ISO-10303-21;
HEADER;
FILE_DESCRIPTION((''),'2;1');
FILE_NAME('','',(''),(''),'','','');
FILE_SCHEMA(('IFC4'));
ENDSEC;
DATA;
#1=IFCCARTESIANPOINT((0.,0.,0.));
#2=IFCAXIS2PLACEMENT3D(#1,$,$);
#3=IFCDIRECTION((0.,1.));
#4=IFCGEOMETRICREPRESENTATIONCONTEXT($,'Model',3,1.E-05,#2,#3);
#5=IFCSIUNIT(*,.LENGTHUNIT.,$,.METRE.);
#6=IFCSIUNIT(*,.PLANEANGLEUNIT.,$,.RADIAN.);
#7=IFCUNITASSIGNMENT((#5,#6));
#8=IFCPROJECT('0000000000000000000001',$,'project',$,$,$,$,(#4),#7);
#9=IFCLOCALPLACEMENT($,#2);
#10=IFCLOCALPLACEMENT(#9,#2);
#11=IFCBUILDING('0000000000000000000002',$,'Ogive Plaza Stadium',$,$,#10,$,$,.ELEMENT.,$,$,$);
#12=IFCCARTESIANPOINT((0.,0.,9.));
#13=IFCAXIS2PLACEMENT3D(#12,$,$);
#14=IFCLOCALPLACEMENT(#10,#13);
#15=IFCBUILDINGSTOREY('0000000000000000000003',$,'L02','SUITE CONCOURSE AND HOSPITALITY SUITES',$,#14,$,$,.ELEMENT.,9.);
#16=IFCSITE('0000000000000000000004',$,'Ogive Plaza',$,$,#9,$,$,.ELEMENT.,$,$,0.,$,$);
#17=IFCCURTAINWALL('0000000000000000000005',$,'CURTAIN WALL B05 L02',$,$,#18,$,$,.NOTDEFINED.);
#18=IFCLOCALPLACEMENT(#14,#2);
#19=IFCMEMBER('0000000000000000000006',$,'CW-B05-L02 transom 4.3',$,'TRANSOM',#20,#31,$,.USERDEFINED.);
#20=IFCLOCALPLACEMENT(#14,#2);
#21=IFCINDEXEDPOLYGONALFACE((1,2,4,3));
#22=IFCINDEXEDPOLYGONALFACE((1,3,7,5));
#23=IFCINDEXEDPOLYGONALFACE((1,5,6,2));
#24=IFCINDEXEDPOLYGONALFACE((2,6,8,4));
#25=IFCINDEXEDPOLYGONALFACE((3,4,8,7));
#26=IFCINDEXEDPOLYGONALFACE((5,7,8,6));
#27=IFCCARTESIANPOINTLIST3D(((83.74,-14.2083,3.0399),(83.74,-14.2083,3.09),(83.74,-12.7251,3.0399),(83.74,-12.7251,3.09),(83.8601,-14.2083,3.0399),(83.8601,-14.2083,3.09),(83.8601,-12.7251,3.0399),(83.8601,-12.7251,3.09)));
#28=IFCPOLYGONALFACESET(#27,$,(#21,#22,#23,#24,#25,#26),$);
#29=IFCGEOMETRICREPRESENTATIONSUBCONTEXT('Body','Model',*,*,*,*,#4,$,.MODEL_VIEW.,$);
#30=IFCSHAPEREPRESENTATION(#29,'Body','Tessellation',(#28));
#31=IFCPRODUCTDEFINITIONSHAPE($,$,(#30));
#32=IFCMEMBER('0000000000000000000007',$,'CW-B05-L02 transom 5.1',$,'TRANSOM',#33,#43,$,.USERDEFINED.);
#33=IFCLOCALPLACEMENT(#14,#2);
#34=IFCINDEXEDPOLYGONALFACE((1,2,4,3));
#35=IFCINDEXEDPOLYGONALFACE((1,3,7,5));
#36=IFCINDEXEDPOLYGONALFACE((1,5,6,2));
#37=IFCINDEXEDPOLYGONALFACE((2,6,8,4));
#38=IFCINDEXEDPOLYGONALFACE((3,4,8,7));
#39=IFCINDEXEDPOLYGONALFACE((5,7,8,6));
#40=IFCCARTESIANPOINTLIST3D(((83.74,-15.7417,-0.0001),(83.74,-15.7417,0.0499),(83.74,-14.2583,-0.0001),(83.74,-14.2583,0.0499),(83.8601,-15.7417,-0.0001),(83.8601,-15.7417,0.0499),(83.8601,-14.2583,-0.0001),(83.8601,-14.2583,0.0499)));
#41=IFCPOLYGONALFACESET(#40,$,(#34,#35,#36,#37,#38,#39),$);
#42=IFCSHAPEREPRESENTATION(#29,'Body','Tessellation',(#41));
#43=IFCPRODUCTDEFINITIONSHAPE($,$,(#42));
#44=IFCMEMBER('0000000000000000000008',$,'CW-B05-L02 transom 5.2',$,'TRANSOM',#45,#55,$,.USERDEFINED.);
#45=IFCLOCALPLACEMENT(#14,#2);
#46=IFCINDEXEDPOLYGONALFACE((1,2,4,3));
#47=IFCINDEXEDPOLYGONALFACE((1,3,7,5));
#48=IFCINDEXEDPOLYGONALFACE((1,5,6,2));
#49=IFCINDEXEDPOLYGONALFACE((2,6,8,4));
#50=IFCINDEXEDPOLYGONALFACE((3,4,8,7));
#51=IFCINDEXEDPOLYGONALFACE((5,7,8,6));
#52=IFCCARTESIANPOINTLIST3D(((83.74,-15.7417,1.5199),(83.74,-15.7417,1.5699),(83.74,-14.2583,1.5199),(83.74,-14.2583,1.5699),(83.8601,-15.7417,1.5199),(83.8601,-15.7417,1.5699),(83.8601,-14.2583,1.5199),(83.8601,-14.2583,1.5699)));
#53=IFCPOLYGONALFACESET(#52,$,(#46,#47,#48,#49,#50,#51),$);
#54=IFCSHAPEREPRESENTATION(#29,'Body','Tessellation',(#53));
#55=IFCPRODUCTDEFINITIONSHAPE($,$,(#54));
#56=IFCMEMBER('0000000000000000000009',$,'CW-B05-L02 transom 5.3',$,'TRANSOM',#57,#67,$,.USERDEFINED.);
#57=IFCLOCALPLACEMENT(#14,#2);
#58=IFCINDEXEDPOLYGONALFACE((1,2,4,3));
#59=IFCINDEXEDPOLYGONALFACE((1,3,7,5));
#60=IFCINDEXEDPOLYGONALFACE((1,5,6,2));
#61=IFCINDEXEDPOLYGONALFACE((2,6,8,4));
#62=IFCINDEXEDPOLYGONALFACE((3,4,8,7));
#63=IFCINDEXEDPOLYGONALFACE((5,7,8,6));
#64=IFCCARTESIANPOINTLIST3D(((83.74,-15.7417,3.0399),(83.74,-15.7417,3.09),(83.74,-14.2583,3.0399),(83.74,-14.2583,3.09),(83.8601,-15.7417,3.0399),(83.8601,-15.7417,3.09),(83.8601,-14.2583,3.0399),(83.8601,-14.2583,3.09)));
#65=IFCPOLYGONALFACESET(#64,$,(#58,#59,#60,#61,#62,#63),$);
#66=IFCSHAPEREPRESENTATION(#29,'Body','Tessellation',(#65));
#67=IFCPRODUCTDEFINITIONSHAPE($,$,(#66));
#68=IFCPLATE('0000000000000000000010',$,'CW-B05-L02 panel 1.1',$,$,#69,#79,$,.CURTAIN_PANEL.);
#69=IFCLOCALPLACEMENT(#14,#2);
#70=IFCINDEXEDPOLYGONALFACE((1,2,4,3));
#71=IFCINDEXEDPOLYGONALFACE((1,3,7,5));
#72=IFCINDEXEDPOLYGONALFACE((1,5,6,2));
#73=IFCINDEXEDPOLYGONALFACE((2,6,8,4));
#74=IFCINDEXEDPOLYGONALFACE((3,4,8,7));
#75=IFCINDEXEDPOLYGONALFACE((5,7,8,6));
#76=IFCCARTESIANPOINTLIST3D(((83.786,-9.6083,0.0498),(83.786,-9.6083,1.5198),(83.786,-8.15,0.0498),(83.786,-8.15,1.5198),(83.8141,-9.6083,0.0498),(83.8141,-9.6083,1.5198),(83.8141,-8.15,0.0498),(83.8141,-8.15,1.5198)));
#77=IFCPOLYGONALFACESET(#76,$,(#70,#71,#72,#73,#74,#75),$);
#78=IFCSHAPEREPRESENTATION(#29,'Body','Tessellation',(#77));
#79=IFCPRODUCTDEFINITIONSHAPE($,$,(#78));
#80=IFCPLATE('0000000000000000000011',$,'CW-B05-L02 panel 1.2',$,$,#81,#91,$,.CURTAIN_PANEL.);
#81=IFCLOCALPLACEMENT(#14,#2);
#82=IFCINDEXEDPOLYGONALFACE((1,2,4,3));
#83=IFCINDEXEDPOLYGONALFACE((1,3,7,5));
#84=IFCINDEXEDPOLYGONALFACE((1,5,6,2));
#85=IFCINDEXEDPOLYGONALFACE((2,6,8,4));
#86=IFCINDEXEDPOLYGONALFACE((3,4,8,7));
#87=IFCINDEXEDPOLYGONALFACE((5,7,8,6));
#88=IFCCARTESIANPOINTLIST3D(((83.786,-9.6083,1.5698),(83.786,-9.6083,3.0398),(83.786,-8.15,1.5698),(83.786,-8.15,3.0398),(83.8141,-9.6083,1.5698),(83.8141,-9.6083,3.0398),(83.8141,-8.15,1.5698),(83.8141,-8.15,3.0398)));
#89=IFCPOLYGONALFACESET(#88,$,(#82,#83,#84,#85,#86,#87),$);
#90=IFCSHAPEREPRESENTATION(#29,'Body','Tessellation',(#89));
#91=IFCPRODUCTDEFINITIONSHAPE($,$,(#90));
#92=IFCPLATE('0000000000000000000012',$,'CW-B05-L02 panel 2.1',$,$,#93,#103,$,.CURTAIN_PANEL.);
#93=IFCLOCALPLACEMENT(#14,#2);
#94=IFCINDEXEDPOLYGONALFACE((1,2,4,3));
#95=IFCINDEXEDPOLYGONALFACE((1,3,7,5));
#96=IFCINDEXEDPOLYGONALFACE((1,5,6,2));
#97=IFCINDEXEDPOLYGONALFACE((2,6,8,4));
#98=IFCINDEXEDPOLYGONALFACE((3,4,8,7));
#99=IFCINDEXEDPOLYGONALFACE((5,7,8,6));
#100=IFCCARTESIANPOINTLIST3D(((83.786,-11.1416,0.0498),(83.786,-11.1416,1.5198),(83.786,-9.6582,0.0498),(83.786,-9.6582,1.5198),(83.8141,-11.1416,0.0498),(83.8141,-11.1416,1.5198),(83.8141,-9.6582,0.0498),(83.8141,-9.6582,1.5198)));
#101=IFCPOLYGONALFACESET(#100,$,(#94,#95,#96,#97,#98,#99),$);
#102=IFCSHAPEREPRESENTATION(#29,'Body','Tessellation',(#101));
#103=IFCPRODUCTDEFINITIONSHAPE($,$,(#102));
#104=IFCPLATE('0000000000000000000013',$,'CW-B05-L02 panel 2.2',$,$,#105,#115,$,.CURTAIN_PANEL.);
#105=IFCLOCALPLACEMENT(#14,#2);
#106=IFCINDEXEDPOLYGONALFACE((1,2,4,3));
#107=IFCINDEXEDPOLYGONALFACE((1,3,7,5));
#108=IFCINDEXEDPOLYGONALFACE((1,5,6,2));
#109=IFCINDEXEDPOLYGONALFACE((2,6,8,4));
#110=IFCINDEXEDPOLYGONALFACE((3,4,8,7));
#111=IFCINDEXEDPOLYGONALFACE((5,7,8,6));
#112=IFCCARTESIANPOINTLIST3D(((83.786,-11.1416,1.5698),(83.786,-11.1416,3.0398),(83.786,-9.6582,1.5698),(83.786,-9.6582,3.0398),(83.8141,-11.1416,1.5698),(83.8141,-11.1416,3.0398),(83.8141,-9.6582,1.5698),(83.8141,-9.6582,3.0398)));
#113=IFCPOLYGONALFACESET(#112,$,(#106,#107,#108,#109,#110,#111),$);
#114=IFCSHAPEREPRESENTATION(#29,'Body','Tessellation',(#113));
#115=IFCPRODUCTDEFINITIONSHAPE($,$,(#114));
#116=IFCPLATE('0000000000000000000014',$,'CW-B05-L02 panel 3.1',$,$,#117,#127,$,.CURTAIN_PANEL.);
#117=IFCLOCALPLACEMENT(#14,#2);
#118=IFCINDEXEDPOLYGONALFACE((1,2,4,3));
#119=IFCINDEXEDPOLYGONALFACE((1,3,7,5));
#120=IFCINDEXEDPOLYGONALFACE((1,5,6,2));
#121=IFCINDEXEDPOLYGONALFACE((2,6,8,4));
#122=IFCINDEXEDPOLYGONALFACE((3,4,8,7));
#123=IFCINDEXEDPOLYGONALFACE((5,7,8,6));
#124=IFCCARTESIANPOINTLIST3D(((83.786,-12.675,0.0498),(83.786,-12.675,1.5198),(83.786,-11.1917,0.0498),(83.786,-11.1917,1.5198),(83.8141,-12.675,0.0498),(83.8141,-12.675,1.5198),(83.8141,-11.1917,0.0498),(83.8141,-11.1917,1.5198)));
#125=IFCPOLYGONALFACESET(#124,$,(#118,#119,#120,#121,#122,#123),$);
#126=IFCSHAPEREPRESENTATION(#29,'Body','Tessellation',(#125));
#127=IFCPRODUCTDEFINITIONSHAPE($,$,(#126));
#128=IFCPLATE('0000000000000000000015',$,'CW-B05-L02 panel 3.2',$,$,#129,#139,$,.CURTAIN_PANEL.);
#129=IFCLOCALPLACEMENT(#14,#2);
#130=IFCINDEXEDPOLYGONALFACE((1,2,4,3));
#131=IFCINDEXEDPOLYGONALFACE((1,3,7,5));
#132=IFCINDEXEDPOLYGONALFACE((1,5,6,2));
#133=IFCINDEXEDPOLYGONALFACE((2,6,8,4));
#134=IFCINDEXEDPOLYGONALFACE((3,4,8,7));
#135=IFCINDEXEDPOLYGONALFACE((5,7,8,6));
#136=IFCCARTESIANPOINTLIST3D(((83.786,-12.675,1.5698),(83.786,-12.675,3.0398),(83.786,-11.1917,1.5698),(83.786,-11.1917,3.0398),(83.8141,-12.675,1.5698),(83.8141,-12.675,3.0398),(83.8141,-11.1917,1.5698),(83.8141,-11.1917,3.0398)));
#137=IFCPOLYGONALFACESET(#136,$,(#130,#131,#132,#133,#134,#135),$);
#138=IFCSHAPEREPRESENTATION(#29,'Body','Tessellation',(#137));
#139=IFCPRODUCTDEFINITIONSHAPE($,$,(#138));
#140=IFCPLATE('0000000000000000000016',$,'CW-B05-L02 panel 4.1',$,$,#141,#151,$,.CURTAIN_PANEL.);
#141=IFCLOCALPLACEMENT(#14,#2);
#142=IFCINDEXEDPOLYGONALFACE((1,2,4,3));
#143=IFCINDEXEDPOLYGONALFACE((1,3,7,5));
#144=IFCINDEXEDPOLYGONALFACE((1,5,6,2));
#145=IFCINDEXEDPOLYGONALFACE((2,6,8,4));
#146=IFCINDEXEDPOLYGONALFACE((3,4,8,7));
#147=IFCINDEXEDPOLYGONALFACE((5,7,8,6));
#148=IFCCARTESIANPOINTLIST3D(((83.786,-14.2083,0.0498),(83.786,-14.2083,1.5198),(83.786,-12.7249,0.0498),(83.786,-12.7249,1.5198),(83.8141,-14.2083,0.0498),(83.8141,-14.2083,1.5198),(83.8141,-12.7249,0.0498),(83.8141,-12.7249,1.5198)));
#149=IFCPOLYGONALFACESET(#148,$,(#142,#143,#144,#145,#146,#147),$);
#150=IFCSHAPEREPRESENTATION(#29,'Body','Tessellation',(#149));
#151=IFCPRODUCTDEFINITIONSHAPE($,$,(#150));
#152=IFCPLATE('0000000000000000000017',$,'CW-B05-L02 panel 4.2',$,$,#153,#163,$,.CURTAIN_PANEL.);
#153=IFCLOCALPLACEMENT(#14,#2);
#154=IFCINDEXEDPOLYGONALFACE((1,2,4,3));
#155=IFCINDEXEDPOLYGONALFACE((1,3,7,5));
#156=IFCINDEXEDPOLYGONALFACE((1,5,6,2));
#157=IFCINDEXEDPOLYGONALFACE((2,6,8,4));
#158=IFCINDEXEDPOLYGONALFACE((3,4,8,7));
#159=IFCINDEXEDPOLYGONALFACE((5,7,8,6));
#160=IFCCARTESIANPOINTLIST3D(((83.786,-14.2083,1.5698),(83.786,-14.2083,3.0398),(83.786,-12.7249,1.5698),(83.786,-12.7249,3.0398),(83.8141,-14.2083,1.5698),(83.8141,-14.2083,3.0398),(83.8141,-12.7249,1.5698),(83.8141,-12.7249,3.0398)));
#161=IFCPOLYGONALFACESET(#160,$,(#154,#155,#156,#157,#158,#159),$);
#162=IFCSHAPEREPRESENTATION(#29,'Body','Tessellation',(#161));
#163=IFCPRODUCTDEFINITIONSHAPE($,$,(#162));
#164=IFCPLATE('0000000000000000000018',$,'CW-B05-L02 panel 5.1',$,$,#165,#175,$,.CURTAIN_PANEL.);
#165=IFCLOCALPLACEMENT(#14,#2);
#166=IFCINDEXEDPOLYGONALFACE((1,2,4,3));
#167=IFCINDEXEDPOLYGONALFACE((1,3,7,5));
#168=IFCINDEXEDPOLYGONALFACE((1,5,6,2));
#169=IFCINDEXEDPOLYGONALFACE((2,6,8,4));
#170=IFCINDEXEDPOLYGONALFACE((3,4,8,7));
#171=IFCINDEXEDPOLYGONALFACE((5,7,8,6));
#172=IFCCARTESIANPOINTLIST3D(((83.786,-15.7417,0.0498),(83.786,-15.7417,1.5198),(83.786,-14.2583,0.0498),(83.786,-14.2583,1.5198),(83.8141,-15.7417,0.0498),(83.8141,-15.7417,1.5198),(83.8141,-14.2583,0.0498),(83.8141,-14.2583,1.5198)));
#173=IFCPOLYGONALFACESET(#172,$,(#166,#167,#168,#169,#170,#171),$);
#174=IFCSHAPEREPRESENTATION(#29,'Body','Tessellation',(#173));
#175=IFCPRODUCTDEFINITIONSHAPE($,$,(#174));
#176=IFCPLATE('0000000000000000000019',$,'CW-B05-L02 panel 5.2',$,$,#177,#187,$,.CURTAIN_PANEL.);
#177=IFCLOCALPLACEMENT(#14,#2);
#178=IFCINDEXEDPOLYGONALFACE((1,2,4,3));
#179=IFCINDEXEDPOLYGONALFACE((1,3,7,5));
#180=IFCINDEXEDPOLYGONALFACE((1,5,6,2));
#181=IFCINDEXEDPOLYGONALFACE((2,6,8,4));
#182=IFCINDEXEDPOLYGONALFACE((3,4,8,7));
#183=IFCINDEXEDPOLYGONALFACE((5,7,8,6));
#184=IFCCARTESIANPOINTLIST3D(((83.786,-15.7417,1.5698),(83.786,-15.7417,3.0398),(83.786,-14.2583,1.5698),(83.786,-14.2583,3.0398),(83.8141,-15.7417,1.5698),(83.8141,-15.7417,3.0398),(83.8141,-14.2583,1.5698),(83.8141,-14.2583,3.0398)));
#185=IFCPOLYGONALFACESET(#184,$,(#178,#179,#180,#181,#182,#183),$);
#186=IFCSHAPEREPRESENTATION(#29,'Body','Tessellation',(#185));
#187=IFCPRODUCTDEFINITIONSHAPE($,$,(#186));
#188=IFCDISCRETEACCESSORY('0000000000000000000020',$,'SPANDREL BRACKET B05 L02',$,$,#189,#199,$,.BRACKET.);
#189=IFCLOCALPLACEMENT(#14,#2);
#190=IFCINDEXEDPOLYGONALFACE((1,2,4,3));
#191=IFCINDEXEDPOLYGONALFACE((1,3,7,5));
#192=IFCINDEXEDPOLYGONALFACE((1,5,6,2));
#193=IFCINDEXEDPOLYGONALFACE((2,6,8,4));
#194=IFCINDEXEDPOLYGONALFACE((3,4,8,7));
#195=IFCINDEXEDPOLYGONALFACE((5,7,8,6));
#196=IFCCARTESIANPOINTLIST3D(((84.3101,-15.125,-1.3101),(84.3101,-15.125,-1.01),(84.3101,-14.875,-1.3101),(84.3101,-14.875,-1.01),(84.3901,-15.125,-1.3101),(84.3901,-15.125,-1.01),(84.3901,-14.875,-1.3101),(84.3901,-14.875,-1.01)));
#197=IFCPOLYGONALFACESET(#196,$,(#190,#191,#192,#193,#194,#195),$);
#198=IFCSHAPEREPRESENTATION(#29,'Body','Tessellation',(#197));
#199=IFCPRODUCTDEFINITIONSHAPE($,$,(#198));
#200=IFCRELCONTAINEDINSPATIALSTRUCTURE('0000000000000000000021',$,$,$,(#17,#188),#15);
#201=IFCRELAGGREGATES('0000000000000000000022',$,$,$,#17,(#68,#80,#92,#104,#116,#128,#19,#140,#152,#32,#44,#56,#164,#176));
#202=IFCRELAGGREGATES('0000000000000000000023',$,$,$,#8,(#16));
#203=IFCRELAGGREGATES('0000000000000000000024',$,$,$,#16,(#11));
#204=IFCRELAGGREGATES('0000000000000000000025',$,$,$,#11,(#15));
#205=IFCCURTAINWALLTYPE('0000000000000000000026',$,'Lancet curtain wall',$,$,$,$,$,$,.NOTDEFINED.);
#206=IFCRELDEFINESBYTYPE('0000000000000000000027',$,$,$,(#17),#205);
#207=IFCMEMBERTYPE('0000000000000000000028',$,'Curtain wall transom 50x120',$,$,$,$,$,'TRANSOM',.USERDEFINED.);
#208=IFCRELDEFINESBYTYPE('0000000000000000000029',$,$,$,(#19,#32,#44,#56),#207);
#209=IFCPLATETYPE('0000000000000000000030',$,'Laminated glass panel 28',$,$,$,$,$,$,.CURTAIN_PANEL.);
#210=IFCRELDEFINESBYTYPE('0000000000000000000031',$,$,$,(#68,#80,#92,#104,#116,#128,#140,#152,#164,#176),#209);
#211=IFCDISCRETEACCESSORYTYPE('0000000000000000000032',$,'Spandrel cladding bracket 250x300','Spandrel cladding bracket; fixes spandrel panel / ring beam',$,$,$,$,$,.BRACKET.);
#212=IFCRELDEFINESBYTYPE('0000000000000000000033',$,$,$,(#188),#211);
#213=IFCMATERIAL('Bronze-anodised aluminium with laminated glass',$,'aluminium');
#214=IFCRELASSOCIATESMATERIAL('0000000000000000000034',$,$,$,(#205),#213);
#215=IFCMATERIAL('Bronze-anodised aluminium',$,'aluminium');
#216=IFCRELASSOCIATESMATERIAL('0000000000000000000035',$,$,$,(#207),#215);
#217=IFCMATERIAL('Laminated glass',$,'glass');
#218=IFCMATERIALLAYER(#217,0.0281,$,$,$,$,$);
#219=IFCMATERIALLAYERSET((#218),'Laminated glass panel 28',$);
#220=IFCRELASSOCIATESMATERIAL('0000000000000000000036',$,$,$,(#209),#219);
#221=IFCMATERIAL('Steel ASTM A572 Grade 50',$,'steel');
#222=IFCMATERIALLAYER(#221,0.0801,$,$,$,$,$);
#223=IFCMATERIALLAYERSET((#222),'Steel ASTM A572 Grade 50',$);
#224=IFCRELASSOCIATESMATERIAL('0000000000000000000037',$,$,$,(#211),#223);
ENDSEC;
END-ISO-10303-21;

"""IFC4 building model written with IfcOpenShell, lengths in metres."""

from ifc_helpers import new_model, si_unit, direction, frame, origin, origin_2d, place, context, subcontext, project, spatial, rectangle, extrude, material, layer, layer_set, material_profile, profile_set, type_object, element, aggregate, save


model = new_model("IFC4")

# Units and contexts
model_context = context("Model", 3, precision=1e-05, world=origin(), true_north=direction((0.0, 1.0)))
body_context = subcontext(model_context, "Body", "Model", "MODEL_VIEW")
ifc_project = project(units=[si_unit("LENGTHUNIT", "METRE"), si_unit("PLANEANGLEUNIT", "RADIAN")], contexts=[model_context])

# Site, building, storey
site_placement = place(None, origin())
site = spatial("IfcSite", under=ifc_project, at=site_placement, Name="Ogive Plaza", CompositionType="ELEMENT", RefElevation=0.0)
building_placement = place(site_placement, origin())
building = spatial("IfcBuilding", under=site, at=building_placement, Name="Ogive Plaza Stadium", CompositionType="ELEMENT")
storey_placement = place(building_placement, frame((0.0, 0.0, 9.0)))
storey = spatial("IfcBuildingStorey", under=building, at=storey_placement, Name="L02", Description="SUITE CONCOURSE AND HOSPITALITY SUITES", CompositionType="ELEMENT", Elevation=9.0)

# Curtain wall, members, plates
ifc_material_1 = material(Name="Bronze-anodised aluminium with laminated glass", Category="aluminium")
curtain_wall_type = type_object("IfcCurtainWallType", Name="Lancet curtain wall", PredefinedType="NOTDEFINED", material=ifc_material_1)
curtain_wall_placement = place(storey_placement, origin())
curtain_wall = element("IfcCurtainWall", 1, at=curtain_wall_placement, inside=storey, type_object=curtain_wall_type, Name="CURTAIN WALL B05 L02", PredefinedType="NOTDEFINED")
ifc_material_2 = material(Name="Bronze-anodised aluminium", Category="aluminium")
ifc_material_profile_1 = material_profile(ifc_material_2, rectangle(XDim=0.1201, YDim=0.05, at=origin_2d()), Name="AL 120x50")
ifc_profile_set_1 = profile_set([ifc_material_profile_1], Name="Bronze-anodised aluminium")
member_type_1 = type_object("IfcMemberType", Name="Curtain wall transom 50x120", ElementType="TRANSOM", PredefinedType="USERDEFINED", material=ifc_profile_set_1)
member_1_placement = place(storey_placement, frame((83.8, -12.7251, 3.0649), z_axis=(0.0, -1.0, 0.0), x_axis=(1.0, 0.0, 0.0)))
member_1 = element("IfcMember", 2, at=member_1_placement, type_object=member_type_1, Name="CW-B05-L02 transom 4.3", ObjectType="TRANSOM", PredefinedType="USERDEFINED", context=body_context, shape_type="SweptSolid", body=[
    extrude(rectangle(XDim=0.1201, YDim=0.05, at=origin_2d()), origin(), (0.0, 0.0, 1.0), 1.4832),
])
member_2_placement = place(storey_placement, frame((83.8, -14.2583, 0.0249), z_axis=(0.0, -1.0, 0.0), x_axis=(1.0, 0.0, 0.0)))
member_2 = element("IfcMember", 3, at=member_2_placement, type_object=member_type_1, Name="CW-B05-L02 transom 5.1", ObjectType="TRANSOM", PredefinedType="USERDEFINED", context=body_context, shape_type="SweptSolid", body=[
    extrude(rectangle(XDim=0.1201, YDim=0.05, at=origin_2d()), origin(), (0.0, 0.0, 1.0), 1.4834),
])
member_3_placement = place(storey_placement, frame((83.8, -14.2583, 1.5449), z_axis=(0.0, -1.0, 0.0), x_axis=(1.0, 0.0, 0.0)))
member_3 = element("IfcMember", 4, at=member_3_placement, type_object=member_type_1, Name="CW-B05-L02 transom 5.2", ObjectType="TRANSOM", PredefinedType="USERDEFINED", context=body_context, shape_type="SweptSolid", body=[
    extrude(rectangle(XDim=0.1201, YDim=0.05, at=origin_2d()), origin(), (0.0, 0.0, 1.0), 1.4834),
])
member_4_placement = place(storey_placement, frame((83.8, -14.2583, 3.0649), z_axis=(0.0, -1.0, 0.0), x_axis=(1.0, 0.0, 0.0)))
member_4 = element("IfcMember", 5, at=member_4_placement, type_object=member_type_1, Name="CW-B05-L02 transom 5.3", ObjectType="TRANSOM", PredefinedType="USERDEFINED", context=body_context, shape_type="SweptSolid", body=[
    extrude(rectangle(XDim=0.1201, YDim=0.05, at=origin_2d()), origin(), (0.0, 0.0, 1.0), 1.4834),
])
ifc_material_3 = material(Name="Laminated glass", Category="glass")
ifc_layer_1 = layer(ifc_material_3, 0.0281)
ifc_layer_set_1 = layer_set([ifc_layer_1], Name="Laminated glass panel 28")
plate_type = type_object("IfcPlateType", Name="Laminated glass panel 28", PredefinedType="CURTAIN_PANEL", material=ifc_layer_set_1)
plate_1_placement = place(storey_placement, frame((83.8, -8.8792, 0.0498), z_axis=(0.0, 0.0, 1.0), x_axis=(0.0, -1.0, 0.0)))
plate_1 = element("IfcPlate", 6, at=plate_1_placement, type_object=plate_type, Name="CW-B05-L02 panel 1.1", PredefinedType="CURTAIN_PANEL", context=body_context, shape_type="SweptSolid", body=[
    extrude(rectangle(XDim=1.4583, YDim=0.0281, at=origin_2d()), origin(), (0.0, 0.0, 1.0), 1.47),
])
plate_2_placement = place(storey_placement, frame((83.8, -8.8792, 1.5698), z_axis=(0.0, 0.0, 1.0), x_axis=(0.0, -1.0, 0.0)))
plate_2 = element("IfcPlate", 7, at=plate_2_placement, type_object=plate_type, Name="CW-B05-L02 panel 1.2", PredefinedType="CURTAIN_PANEL", context=body_context, shape_type="SweptSolid", body=[
    extrude(rectangle(XDim=1.4583, YDim=0.0281, at=origin_2d()), origin(), (0.0, 0.0, 1.0), 1.47),
])
plate_3_placement = place(storey_placement, frame((83.8, -10.3999, 0.0498), z_axis=(0.0, 0.0, 1.0), x_axis=(0.0, -1.0, 0.0)))
plate_3 = element("IfcPlate", 8, at=plate_3_placement, type_object=plate_type, Name="CW-B05-L02 panel 2.1", PredefinedType="CURTAIN_PANEL", context=body_context, shape_type="SweptSolid", body=[
    extrude(rectangle(XDim=1.4834, YDim=0.0281, at=origin_2d()), origin(), (0.0, 0.0, 1.0), 1.47),
])
plate_4_placement = place(storey_placement, frame((83.8, -10.3999, 1.5698), z_axis=(0.0, 0.0, 1.0), x_axis=(0.0, -1.0, 0.0)))
plate_4 = element("IfcPlate", 9, at=plate_4_placement, type_object=plate_type, Name="CW-B05-L02 panel 2.2", PredefinedType="CURTAIN_PANEL", context=body_context, shape_type="SweptSolid", body=[
    extrude(rectangle(XDim=1.4834, YDim=0.0281, at=origin_2d()), origin(), (0.0, 0.0, 1.0), 1.47),
])
plate_5_placement = place(storey_placement, frame((83.8, -11.9333, 0.0498), z_axis=(0.0, 0.0, 1.0), x_axis=(0.0, -1.0, 0.0)))
plate_5 = element("IfcPlate", 10, at=plate_5_placement, type_object=plate_type, Name="CW-B05-L02 panel 3.1", PredefinedType="CURTAIN_PANEL", context=body_context, shape_type="SweptSolid", body=[
    extrude(rectangle(XDim=1.4834, YDim=0.0281, at=origin_2d()), origin(), (0.0, 0.0, 1.0), 1.47),
])
plate_6_placement = place(storey_placement, frame((83.8, -11.9333, 1.5698), z_axis=(0.0, 0.0, 1.0), x_axis=(0.0, -1.0, 0.0)))
plate_6 = element("IfcPlate", 11, at=plate_6_placement, type_object=plate_type, Name="CW-B05-L02 panel 3.2", PredefinedType="CURTAIN_PANEL", context=body_context, shape_type="SweptSolid", body=[
    extrude(rectangle(XDim=1.4834, YDim=0.0281, at=origin_2d()), origin(), (0.0, 0.0, 1.0), 1.47),
])
plate_7_placement = place(storey_placement, frame((83.8, -13.4666, 0.0498), z_axis=(0.0, 0.0, 1.0), x_axis=(0.0, -1.0, 0.0)))
plate_7 = element("IfcPlate", 12, at=plate_7_placement, type_object=plate_type, Name="CW-B05-L02 panel 4.1", PredefinedType="CURTAIN_PANEL", context=body_context, shape_type="SweptSolid", body=[
    extrude(rectangle(XDim=1.4834, YDim=0.0281, at=origin_2d()), origin(), (0.0, 0.0, 1.0), 1.47),
])
plate_8_placement = place(storey_placement, frame((83.8, -13.4666, 1.5698), z_axis=(0.0, 0.0, 1.0), x_axis=(0.0, -1.0, 0.0)))
plate_8 = element("IfcPlate", 13, at=plate_8_placement, type_object=plate_type, Name="CW-B05-L02 panel 4.2", PredefinedType="CURTAIN_PANEL", context=body_context, shape_type="SweptSolid", body=[
    extrude(rectangle(XDim=1.4834, YDim=0.0281, at=origin_2d()), origin(), (0.0, 0.0, 1.0), 1.47),
])
plate_9_placement = place(storey_placement, frame((83.8, -15.0, 0.0498), z_axis=(0.0, 0.0, 1.0), x_axis=(0.0, -1.0, 0.0)))
plate_9 = element("IfcPlate", 14, at=plate_9_placement, type_object=plate_type, Name="CW-B05-L02 panel 5.1", PredefinedType="CURTAIN_PANEL", context=body_context, shape_type="SweptSolid", body=[
    extrude(rectangle(XDim=1.4834, YDim=0.0281, at=origin_2d()), origin(), (0.0, 0.0, 1.0), 1.47),
])
plate_10_placement = place(storey_placement, frame((83.8, -15.0, 1.5698), z_axis=(0.0, 0.0, 1.0), x_axis=(0.0, -1.0, 0.0)))
plate_10 = element("IfcPlate", 15, at=plate_10_placement, type_object=plate_type, Name="CW-B05-L02 panel 5.2", PredefinedType="CURTAIN_PANEL", context=body_context, shape_type="SweptSolid", body=[
    extrude(rectangle(XDim=1.4834, YDim=0.0281, at=origin_2d()), origin(), (0.0, 0.0, 1.0), 1.47),
])
aggregate(curtain_wall, [plate_1, plate_2, plate_3, plate_4, plate_5, plate_6, member_1, plate_7, plate_8, member_2, member_3, member_4, plate_9, plate_10])

# Discrete accessory
ifc_material_4 = material(Name="Steel ASTM A572 Grade 50", Category="steel")
ifc_layer_2 = layer(ifc_material_4, 0.0801)
ifc_layer_set_2 = layer_set([ifc_layer_2], Name="Steel ASTM A572 Grade 50")
discrete_accessory_type = type_object("IfcDiscreteAccessoryType", Name="Spandrel cladding bracket 250x300", Description="Spandrel cladding bracket; fixes spandrel panel / ring beam", PredefinedType="BRACKET", material=ifc_layer_set_2)
discrete_accessory_placement = place(storey_placement, frame((84.3501, -15.0, -1.3101), z_axis=(0.0, 0.0, 1.0), x_axis=(0.0, -1.0, 0.0)))
element("IfcDiscreteAccessory", 16, at=discrete_accessory_placement, inside=storey, type_object=discrete_accessory_type, Name="SPANDREL BRACKET B05 L02", PredefinedType="BRACKET", context=body_context, shape_type="SweptSolid", body=[
    extrude(rectangle(XDim=0.25, YDim=0.0801, at=origin_2d()), origin(), (0.0, 0.0, 1.0), 0.3),
])

save(model, "model.ifc")
